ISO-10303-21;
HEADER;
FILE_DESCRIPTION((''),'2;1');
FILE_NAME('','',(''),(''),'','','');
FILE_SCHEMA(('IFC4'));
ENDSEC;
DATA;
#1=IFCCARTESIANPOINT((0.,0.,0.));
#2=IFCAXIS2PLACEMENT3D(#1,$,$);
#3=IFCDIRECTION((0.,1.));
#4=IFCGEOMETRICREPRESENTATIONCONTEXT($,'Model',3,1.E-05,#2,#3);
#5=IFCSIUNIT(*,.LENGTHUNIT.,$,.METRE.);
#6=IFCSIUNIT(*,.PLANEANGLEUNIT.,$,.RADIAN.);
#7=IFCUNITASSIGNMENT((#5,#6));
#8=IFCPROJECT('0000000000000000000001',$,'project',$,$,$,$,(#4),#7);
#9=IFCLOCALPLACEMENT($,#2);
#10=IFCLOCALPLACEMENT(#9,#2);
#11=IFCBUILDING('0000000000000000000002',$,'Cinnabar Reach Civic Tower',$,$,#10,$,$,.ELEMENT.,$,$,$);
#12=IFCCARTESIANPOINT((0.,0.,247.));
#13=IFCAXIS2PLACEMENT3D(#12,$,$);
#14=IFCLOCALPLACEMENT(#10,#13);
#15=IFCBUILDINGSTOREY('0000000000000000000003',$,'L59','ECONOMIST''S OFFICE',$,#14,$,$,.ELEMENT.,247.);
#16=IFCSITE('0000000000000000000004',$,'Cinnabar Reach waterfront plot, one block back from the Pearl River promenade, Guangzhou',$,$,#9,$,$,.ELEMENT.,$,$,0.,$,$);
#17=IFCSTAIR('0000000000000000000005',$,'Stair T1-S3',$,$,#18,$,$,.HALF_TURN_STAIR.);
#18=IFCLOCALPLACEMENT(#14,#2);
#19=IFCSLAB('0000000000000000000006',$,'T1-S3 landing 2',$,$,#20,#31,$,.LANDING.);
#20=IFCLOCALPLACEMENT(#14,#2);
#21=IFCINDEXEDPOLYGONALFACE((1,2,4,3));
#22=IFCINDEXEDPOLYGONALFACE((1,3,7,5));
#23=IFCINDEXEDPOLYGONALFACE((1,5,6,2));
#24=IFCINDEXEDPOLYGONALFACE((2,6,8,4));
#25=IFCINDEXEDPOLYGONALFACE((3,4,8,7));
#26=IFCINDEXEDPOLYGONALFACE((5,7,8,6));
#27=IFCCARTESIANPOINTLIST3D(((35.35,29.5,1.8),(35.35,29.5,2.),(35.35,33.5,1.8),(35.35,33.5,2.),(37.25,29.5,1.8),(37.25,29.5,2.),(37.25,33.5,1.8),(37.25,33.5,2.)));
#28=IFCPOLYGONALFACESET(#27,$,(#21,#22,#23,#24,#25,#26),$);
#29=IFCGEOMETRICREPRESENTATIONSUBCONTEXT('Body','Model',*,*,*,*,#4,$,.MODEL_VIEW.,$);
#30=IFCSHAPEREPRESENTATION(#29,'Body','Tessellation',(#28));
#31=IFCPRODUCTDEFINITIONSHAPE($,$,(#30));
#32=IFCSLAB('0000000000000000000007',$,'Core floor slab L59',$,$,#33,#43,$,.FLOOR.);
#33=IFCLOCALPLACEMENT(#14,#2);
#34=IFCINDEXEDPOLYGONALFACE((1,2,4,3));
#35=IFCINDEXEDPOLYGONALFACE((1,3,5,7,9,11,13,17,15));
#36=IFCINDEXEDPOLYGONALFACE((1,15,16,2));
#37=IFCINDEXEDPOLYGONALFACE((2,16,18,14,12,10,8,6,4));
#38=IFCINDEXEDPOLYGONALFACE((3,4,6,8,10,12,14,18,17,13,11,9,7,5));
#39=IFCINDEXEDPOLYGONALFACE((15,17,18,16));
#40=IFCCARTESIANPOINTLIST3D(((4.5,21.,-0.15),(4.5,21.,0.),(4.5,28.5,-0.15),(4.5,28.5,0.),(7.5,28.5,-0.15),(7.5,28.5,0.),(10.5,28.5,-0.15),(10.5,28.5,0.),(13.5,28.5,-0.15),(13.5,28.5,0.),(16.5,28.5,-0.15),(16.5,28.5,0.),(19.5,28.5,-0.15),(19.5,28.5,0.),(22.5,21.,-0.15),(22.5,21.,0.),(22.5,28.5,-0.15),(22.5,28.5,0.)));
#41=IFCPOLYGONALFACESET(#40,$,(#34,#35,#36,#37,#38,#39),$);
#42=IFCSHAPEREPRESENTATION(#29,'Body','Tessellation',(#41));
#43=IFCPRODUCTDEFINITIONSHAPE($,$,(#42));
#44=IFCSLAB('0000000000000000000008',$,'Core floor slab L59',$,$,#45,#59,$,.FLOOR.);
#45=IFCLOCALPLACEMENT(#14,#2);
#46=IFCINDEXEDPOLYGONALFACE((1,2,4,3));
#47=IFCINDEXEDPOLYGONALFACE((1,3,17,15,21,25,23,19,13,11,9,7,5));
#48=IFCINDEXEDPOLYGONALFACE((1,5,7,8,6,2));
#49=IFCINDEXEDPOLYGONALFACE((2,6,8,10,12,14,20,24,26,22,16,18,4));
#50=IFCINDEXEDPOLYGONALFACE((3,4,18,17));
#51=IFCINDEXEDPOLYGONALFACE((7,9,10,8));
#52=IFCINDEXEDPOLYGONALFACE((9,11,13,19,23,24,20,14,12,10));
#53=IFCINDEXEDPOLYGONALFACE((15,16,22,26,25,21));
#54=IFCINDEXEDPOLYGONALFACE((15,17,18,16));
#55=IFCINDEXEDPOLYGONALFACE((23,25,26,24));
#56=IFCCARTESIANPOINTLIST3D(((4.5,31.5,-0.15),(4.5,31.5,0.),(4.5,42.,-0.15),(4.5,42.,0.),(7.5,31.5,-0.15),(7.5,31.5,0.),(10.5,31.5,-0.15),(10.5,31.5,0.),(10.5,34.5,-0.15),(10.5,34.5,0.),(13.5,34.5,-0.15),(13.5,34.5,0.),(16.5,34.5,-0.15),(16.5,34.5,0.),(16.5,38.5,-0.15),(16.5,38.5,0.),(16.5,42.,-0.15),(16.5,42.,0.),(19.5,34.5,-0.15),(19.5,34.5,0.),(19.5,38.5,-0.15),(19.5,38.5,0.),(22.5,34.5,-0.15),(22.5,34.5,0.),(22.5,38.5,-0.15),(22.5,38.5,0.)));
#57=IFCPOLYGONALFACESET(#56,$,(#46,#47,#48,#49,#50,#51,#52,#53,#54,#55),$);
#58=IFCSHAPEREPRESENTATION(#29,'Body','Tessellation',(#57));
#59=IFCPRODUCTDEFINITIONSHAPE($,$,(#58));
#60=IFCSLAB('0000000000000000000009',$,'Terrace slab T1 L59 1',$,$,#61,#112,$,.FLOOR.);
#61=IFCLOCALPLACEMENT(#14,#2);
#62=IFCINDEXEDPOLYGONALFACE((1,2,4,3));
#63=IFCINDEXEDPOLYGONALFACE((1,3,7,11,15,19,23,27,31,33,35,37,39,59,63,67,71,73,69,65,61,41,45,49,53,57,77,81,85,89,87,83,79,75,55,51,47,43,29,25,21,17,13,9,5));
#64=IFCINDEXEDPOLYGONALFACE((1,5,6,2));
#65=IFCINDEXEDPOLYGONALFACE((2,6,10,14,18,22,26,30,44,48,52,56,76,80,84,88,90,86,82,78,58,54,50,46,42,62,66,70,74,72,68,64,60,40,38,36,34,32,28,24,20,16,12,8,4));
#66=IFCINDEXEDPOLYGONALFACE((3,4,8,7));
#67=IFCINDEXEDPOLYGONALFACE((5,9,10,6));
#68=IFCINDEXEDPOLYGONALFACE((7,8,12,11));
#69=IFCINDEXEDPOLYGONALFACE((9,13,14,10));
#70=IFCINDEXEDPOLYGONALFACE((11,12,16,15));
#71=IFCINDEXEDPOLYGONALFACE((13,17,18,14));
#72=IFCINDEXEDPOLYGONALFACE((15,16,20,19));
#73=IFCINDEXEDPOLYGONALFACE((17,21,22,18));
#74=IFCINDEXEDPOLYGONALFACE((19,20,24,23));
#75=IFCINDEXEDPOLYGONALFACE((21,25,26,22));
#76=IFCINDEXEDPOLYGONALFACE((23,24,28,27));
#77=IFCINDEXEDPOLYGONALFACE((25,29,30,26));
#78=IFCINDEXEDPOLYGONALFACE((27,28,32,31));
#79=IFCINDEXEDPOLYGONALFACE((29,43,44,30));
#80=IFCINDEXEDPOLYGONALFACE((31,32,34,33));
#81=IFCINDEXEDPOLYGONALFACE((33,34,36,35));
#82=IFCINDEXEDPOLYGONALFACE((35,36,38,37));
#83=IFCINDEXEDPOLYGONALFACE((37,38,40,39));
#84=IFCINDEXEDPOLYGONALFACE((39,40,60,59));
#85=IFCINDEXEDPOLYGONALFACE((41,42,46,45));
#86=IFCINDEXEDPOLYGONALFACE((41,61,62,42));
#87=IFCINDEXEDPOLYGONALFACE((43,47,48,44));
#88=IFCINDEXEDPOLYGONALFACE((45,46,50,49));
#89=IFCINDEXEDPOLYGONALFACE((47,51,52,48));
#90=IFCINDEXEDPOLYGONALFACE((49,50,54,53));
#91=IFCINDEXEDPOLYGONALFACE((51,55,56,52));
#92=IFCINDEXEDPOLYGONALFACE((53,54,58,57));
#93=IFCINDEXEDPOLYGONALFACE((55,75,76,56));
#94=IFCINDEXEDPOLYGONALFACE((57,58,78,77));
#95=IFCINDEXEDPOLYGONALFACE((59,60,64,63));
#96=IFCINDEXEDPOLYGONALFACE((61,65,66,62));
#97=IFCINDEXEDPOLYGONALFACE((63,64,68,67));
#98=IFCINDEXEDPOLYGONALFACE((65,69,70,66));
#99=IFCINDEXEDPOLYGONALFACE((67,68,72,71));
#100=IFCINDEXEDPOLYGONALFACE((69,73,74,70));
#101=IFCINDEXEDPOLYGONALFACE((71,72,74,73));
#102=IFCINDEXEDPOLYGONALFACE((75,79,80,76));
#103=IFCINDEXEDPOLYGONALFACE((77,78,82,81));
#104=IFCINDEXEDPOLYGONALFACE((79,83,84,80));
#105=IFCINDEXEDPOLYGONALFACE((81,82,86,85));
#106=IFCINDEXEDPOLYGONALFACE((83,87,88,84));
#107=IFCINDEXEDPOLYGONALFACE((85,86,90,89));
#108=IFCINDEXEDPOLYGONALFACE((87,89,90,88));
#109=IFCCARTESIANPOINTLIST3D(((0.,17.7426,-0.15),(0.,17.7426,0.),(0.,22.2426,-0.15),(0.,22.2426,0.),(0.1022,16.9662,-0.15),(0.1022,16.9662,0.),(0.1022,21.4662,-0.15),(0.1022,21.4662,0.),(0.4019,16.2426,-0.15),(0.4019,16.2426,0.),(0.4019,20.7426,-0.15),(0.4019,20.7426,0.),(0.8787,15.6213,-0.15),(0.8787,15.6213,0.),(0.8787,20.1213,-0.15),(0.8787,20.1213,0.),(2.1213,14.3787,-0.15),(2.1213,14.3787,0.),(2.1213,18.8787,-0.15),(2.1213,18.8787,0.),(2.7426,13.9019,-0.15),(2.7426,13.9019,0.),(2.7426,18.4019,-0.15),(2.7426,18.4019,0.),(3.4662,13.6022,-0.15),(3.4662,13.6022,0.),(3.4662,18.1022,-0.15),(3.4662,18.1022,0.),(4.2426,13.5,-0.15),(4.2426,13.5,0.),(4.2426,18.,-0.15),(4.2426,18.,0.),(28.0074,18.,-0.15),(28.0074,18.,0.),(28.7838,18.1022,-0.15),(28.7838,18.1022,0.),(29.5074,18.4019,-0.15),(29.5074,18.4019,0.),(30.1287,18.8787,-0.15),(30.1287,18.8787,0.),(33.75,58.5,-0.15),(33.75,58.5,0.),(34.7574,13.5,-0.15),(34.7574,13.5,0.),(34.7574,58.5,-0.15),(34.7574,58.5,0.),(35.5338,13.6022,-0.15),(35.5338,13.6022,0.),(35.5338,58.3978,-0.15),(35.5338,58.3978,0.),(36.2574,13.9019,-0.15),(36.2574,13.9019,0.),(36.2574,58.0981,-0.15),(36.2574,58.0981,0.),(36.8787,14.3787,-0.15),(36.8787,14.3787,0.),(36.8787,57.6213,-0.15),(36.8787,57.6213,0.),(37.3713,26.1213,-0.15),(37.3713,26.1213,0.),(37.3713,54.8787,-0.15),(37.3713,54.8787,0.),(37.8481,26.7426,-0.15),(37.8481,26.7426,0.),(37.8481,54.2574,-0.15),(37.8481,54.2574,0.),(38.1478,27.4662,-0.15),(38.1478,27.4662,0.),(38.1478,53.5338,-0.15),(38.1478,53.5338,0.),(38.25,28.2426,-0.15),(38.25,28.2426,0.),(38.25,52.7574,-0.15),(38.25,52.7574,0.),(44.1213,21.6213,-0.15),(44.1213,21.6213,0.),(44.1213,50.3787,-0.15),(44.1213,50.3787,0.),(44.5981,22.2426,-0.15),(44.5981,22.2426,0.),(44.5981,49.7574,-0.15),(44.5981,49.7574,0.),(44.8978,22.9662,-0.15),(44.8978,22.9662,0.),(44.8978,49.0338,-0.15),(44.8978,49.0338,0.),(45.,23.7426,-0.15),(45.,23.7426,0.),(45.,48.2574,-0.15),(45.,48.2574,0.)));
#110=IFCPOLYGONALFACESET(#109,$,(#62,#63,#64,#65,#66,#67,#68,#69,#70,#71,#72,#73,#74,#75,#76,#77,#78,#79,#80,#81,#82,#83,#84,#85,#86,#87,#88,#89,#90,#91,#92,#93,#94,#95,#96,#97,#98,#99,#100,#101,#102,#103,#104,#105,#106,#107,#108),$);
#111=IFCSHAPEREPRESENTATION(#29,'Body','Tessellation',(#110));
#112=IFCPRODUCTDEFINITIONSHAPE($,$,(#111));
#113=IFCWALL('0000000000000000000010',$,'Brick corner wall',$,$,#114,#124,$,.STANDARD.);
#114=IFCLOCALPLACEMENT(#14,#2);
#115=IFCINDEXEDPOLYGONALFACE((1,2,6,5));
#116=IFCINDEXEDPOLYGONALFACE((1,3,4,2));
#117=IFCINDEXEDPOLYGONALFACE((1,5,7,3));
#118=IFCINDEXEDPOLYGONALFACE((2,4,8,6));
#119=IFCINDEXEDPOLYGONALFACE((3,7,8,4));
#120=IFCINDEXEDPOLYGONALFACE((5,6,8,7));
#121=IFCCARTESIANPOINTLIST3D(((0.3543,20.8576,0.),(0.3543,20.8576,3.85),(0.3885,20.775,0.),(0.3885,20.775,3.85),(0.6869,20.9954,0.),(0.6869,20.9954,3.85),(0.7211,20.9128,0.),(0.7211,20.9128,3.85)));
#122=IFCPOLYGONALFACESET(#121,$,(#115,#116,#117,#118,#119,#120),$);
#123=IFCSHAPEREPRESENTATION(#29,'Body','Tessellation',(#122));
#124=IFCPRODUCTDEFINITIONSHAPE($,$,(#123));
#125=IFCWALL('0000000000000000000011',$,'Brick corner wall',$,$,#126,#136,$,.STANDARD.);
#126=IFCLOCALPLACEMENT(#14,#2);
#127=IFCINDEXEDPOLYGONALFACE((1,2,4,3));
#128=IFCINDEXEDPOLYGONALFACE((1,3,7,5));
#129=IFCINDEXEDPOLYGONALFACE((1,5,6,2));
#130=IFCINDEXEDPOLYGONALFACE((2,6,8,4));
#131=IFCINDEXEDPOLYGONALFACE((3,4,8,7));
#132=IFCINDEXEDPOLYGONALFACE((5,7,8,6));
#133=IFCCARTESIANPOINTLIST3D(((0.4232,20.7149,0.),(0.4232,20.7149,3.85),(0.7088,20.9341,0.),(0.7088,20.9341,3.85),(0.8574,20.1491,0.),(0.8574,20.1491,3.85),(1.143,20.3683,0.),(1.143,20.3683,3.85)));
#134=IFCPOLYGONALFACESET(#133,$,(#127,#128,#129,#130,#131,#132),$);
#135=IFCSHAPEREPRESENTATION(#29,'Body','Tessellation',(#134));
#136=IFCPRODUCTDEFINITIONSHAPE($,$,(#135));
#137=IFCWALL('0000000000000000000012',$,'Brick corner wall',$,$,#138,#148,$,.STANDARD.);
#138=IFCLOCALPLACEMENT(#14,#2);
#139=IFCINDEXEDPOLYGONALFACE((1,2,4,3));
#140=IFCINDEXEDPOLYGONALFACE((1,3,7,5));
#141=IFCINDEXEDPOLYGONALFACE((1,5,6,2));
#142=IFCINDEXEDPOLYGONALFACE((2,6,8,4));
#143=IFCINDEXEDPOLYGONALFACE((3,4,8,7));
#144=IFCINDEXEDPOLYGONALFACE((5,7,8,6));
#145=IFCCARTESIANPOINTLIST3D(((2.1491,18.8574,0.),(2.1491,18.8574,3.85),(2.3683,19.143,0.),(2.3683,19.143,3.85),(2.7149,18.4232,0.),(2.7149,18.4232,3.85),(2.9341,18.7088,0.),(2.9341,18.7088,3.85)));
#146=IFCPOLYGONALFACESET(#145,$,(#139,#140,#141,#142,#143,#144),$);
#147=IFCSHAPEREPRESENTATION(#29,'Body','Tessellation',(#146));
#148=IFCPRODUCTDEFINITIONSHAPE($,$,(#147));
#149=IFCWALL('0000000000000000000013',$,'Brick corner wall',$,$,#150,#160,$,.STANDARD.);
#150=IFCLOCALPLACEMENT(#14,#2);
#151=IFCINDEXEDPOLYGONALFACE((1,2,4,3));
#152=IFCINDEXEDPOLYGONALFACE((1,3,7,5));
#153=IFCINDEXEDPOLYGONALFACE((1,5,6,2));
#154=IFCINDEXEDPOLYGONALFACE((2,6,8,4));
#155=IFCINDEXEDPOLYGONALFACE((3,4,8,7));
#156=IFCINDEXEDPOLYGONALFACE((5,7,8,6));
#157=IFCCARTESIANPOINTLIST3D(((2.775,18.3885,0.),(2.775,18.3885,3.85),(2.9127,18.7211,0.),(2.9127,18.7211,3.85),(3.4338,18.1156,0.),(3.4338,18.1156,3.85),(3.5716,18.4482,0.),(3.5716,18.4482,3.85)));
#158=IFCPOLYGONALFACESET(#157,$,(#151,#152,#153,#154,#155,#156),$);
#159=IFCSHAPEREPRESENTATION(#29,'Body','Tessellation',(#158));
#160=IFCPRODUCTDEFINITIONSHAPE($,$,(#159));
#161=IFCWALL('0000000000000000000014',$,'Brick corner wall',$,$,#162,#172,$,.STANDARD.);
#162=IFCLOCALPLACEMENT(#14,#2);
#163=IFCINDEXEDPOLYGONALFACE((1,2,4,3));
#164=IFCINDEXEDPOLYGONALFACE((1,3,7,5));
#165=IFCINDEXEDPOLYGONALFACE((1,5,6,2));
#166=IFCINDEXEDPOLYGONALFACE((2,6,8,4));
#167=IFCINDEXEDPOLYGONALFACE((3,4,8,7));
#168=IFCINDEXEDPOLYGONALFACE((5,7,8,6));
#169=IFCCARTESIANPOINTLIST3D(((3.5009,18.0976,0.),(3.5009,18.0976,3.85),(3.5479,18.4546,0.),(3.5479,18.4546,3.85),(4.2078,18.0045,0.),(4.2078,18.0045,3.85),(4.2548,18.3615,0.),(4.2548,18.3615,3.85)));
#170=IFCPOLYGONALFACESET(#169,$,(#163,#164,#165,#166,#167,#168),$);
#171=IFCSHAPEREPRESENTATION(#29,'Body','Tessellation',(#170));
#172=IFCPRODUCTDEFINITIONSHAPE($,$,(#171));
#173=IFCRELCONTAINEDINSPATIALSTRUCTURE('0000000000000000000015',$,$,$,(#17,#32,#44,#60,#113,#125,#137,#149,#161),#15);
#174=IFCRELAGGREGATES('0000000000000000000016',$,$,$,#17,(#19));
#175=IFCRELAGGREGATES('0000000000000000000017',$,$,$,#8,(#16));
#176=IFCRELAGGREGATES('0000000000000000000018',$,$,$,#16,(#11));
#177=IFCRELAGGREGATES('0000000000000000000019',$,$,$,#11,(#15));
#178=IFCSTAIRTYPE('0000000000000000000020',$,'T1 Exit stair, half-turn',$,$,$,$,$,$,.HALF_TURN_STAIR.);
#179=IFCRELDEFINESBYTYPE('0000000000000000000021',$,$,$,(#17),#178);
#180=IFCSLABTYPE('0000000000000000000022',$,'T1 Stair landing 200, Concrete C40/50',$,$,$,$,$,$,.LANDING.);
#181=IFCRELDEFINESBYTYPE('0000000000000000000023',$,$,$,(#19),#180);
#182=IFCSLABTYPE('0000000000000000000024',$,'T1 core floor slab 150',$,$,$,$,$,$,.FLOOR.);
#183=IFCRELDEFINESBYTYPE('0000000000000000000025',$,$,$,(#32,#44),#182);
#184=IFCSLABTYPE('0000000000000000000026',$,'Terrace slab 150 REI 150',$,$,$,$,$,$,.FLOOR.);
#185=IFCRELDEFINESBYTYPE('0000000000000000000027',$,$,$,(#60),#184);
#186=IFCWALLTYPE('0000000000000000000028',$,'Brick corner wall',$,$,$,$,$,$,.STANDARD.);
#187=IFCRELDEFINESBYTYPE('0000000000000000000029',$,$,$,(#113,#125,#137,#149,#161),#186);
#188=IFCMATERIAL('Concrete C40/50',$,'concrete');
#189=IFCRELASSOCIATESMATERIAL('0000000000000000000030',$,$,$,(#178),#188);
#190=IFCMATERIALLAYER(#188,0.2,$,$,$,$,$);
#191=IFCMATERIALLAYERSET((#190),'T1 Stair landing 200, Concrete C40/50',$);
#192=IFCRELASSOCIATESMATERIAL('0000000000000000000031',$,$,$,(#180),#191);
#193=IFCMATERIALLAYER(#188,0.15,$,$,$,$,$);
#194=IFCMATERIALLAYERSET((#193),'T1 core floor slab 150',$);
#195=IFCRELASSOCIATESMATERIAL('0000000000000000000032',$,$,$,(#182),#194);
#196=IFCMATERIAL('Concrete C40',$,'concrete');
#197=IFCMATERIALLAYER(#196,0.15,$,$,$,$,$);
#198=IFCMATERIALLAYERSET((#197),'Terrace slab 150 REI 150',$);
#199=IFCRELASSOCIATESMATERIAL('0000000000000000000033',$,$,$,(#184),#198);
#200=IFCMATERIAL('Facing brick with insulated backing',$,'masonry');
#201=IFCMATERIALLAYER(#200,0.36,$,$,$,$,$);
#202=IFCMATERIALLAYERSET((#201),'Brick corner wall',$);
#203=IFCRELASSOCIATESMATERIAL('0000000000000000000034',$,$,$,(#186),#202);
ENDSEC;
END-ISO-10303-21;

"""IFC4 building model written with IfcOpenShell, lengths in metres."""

from ifc_helpers import new_model, si_unit, direction, frame, frame_2d, origin, place, context, subcontext, project, spatial, polyline, rectangle, outline, extrude, material, layer, layer_set, type_object, element, aggregate, save


model = new_model("IFC4")

# Units and contexts
model_context = context("Model", 3, precision=1e-05, world=origin(), true_north=direction((0.0, 1.0)))
body_context = subcontext(model_context, "Body", "Model", "MODEL_VIEW")
ifc_project = project(units=[si_unit("LENGTHUNIT", "METRE"), si_unit("PLANEANGLEUNIT", "RADIAN")], contexts=[model_context])

# Site, building, storey
site_placement = place(None, origin())
site = spatial("IfcSite", under=ifc_project, at=site_placement, Name="Cinnabar Reach waterfront plot, one block back from the Pearl River promenade, Guangzhou", CompositionType="ELEMENT", RefElevation=0.0)
building_placement = place(site_placement, origin())
building = spatial("IfcBuilding", under=site, at=building_placement, Name="Cinnabar Reach Civic Tower", CompositionType="ELEMENT")
storey_placement = place(building_placement, frame((0.0, 0.0, 247.0)))
storey = spatial("IfcBuildingStorey", under=building, at=storey_placement, Name="L59", Description="ECONOMIST'S OFFICE", CompositionType="ELEMENT", Elevation=247.0)

# Shared definitions
ifc_material_1 = material(Name="Concrete C40", Category="concrete")

# Stair, slab
ifc_material_2 = material(Name="Concrete C40/50", Category="concrete")
stair_type = type_object("IfcStairType", Name="T1 Exit stair, half-turn", PredefinedType="HALF_TURN_STAIR", material=ifc_material_2)
ifc_layer_1 = layer(ifc_material_2, 0.2)
ifc_layer_set_1 = layer_set([ifc_layer_1], Name="T1 Stair landing 200, Concrete C40/50")
slab_type_1 = type_object("IfcSlabType", Name="T1 Stair landing 200, Concrete C40/50", PredefinedType="LANDING", material=ifc_layer_set_1)
stair_1_placement = place(storey_placement, origin())
stair_1 = element("IfcStair", 1, at=stair_1_placement, inside=storey, type_object=stair_type, Name="Stair T1-S3", PredefinedType="HALF_TURN_STAIR")
slab_1_placement = place(storey_placement, frame((0.0, 0.0, 1.8)))
slab_1 = element("IfcSlab", 2, at=slab_1_placement, type_object=slab_type_1, Name="T1-S3 landing 2", PredefinedType="LANDING", context=body_context, shape_type="SweptSolid", body=[
    extrude(outline(polyline([(35.35, 29.5), (37.25, 29.5), (37.25, 33.5), (35.35, 33.5), (35.35, 29.5)])), origin(), (0.0, 0.0, 1.0), 0.2),
])
aggregate(stair_1, [slab_1])

# Slabs
ifc_layer_2 = layer(ifc_material_2, 0.15)
ifc_layer_set_2 = layer_set([ifc_layer_2], Name="T1 core floor slab 150")
slab_type_2 = type_object("IfcSlabType", Name="T1 core floor slab 150", PredefinedType="FLOOR", material=ifc_layer_set_2)
slab_2_placement = place(storey_placement, frame((0.0, 0.0, -0.15)))
element("IfcSlab", 3, at=slab_2_placement, inside=storey, type_object=slab_type_2, Name="Core floor slab L59", PredefinedType="FLOOR", context=body_context, shape_type="SweptSolid", body=[
    extrude(outline(polyline([(22.5, 21.0), (4.5, 21.0), (4.5, 28.5), (7.5, 28.5), (10.5, 28.5), (13.5, 28.5), (16.5, 28.5), (19.5, 28.5), (22.5, 28.5), (22.5, 21.0)])), origin(), (0.0, 0.0, 1.0), 0.15),
])
slab_3_placement = place(storey_placement, frame((0.0, 0.0, -0.15)))
element("IfcSlab", 4, at=slab_3_placement, inside=storey, type_object=slab_type_2, Name="Core floor slab L59", PredefinedType="FLOOR", context=body_context, shape_type="SweptSolid", body=[
    extrude(outline(polyline([(22.5, 34.5), (19.5, 34.5), (16.5, 34.5), (13.5, 34.5), (10.5, 34.5), (10.5, 31.5), (7.5, 31.5), (4.5, 31.5), (4.5, 42.0), (16.5, 42.0), (16.5, 38.5), (19.5, 38.5), (22.5, 38.5), (22.5, 34.5)])), origin(), (0.0, 0.0, 1.0), 0.15),
])
ifc_layer_3 = layer(ifc_material_1, 0.15)
ifc_layer_set_3 = layer_set([ifc_layer_3], Name="Terrace slab 150 REI 150")
slab_type_3 = type_object("IfcSlabType", Name="Terrace slab 150 REI 150", PredefinedType="FLOOR", material=ifc_layer_set_3)
slab_4_placement = place(storey_placement, frame((0.0, 0.0, -0.15)))
element("IfcSlab", 5, at=slab_4_placement, inside=storey, type_object=slab_type_3, Name="Terrace slab T1 L59 1", PredefinedType="FLOOR", context=body_context, shape_type="SweptSolid", body=[
    extrude(outline(polyline([(34.7574, 58.5), (35.5338, 58.3978), (36.2574, 58.0981), (36.8787, 57.6213), (44.1213, 50.3787), (44.5981, 49.7574), (44.8978, 49.0338), (45.0, 48.2574), (45.0, 23.7426), (44.8978, 22.9662), (44.5981, 22.2426), (44.1213, 21.6213), (36.8787, 14.3787), (36.2574, 13.9019), (35.5338, 13.6022), (34.7574, 13.5), (4.2426, 13.5), (3.4662, 13.6022), (2.7426, 13.9019), (2.1213, 14.3787), (0.8787, 15.6213), (0.4019, 16.2426), (0.1022, 16.9662), (0.0, 17.7426), (0.0, 22.2426), (0.1022, 21.4662), (0.4019, 20.7426), (0.8787, 20.1213), (2.1213, 18.8787), (2.7426, 18.4019), (3.4662, 18.1022), (4.2426, 18.0), (28.0074, 18.0), (28.7838, 18.1022), (29.5074, 18.4019), (30.1287, 18.8787), (37.3713, 26.1213), (37.8481, 26.7426), (38.1478, 27.4662), (38.25, 28.2426), (38.25, 52.7574), (38.1478, 53.5338), (37.8481, 54.2574), (37.3713, 54.8787), (33.75, 58.5), (34.7574, 58.5)])), origin(), (0.0, 0.0, 1.0), 0.15),
])

# Walls
ifc_material_3 = material(Name="Facing brick with insulated backing", Category="masonry")
ifc_layer_4 = layer(ifc_material_3, 0.36)
ifc_layer_set_4 = layer_set([ifc_layer_4], Name="Brick corner wall")
wall_type_1 = type_object("IfcWallType", Name="Brick corner wall", PredefinedType="STANDARD", material=ifc_layer_set_4)
wall_1_placement = place(storey_placement, frame((0.5206, 20.9265, 0.0), z_axis=(0.0, 0.0, 1.0), x_axis=(0.382549, -0.923935, 0.0)))
element("IfcWall", 6, at=wall_1_placement, inside=storey, type_object=wall_type_1, Name="Brick corner wall", PredefinedType="STANDARD", context=body_context, shape_type="SweptSolid", body=[
    extrude(rectangle(XDim=0.0894, YDim=0.36, at=frame_2d((0.0447, 0.0))), origin(), (0.0, 0.0, 1.0), 3.85),
])
for number, where, z_axis, x_axis, name in (
    (7, (0.566, 20.8245, 0.0), (0.0, 0.0, 1.0), (0.608802, -0.793322, 0.0), "Brick corner wall"),
    (8, (2.2587, 19.0002, 0.0), (0.0, 0.0, 1.0), (0.793322, -0.608802, 0.0), "Brick corner wall"),
):
    element("IfcWall", number, at=place(storey_placement, frame(where, z_axis=z_axis, x_axis=x_axis)), inside=storey, type_object=wall_type_1, Name=name, PredefinedType="STANDARD", context=body_context, shape_type="SweptSolid", body=[
        extrude(rectangle(XDim=0.7132, YDim=0.36, at=frame_2d((0.3566, 0.0))), origin(), (0.0, 0.0, 1.0), 3.85),
    ])
for number, where, z_axis, x_axis, name in (
    (9, (2.8439, 18.5548, 0.0), (0.0, 0.0, 1.0), (0.923872, -0.382703, 0.0), "Brick corner wall"),
    (10, (3.5244, 18.2761, 0.0), (0.0, 0.0, 1.0), (0.991441, -0.130556, 0.0), "Brick corner wall"),
):
    element("IfcWall", number, at=place(storey_placement, frame(where, z_axis=z_axis, x_axis=x_axis)), inside=storey, type_object=wall_type_1, Name=name, PredefinedType="STANDARD", context=body_context, shape_type="SweptSolid", body=[
        extrude(rectangle(XDim=0.7131, YDim=0.36, at=frame_2d((0.3565, 0.0))), origin(), (0.0, 0.0, 1.0), 3.85),
    ])

save(model, "model.ifc")
